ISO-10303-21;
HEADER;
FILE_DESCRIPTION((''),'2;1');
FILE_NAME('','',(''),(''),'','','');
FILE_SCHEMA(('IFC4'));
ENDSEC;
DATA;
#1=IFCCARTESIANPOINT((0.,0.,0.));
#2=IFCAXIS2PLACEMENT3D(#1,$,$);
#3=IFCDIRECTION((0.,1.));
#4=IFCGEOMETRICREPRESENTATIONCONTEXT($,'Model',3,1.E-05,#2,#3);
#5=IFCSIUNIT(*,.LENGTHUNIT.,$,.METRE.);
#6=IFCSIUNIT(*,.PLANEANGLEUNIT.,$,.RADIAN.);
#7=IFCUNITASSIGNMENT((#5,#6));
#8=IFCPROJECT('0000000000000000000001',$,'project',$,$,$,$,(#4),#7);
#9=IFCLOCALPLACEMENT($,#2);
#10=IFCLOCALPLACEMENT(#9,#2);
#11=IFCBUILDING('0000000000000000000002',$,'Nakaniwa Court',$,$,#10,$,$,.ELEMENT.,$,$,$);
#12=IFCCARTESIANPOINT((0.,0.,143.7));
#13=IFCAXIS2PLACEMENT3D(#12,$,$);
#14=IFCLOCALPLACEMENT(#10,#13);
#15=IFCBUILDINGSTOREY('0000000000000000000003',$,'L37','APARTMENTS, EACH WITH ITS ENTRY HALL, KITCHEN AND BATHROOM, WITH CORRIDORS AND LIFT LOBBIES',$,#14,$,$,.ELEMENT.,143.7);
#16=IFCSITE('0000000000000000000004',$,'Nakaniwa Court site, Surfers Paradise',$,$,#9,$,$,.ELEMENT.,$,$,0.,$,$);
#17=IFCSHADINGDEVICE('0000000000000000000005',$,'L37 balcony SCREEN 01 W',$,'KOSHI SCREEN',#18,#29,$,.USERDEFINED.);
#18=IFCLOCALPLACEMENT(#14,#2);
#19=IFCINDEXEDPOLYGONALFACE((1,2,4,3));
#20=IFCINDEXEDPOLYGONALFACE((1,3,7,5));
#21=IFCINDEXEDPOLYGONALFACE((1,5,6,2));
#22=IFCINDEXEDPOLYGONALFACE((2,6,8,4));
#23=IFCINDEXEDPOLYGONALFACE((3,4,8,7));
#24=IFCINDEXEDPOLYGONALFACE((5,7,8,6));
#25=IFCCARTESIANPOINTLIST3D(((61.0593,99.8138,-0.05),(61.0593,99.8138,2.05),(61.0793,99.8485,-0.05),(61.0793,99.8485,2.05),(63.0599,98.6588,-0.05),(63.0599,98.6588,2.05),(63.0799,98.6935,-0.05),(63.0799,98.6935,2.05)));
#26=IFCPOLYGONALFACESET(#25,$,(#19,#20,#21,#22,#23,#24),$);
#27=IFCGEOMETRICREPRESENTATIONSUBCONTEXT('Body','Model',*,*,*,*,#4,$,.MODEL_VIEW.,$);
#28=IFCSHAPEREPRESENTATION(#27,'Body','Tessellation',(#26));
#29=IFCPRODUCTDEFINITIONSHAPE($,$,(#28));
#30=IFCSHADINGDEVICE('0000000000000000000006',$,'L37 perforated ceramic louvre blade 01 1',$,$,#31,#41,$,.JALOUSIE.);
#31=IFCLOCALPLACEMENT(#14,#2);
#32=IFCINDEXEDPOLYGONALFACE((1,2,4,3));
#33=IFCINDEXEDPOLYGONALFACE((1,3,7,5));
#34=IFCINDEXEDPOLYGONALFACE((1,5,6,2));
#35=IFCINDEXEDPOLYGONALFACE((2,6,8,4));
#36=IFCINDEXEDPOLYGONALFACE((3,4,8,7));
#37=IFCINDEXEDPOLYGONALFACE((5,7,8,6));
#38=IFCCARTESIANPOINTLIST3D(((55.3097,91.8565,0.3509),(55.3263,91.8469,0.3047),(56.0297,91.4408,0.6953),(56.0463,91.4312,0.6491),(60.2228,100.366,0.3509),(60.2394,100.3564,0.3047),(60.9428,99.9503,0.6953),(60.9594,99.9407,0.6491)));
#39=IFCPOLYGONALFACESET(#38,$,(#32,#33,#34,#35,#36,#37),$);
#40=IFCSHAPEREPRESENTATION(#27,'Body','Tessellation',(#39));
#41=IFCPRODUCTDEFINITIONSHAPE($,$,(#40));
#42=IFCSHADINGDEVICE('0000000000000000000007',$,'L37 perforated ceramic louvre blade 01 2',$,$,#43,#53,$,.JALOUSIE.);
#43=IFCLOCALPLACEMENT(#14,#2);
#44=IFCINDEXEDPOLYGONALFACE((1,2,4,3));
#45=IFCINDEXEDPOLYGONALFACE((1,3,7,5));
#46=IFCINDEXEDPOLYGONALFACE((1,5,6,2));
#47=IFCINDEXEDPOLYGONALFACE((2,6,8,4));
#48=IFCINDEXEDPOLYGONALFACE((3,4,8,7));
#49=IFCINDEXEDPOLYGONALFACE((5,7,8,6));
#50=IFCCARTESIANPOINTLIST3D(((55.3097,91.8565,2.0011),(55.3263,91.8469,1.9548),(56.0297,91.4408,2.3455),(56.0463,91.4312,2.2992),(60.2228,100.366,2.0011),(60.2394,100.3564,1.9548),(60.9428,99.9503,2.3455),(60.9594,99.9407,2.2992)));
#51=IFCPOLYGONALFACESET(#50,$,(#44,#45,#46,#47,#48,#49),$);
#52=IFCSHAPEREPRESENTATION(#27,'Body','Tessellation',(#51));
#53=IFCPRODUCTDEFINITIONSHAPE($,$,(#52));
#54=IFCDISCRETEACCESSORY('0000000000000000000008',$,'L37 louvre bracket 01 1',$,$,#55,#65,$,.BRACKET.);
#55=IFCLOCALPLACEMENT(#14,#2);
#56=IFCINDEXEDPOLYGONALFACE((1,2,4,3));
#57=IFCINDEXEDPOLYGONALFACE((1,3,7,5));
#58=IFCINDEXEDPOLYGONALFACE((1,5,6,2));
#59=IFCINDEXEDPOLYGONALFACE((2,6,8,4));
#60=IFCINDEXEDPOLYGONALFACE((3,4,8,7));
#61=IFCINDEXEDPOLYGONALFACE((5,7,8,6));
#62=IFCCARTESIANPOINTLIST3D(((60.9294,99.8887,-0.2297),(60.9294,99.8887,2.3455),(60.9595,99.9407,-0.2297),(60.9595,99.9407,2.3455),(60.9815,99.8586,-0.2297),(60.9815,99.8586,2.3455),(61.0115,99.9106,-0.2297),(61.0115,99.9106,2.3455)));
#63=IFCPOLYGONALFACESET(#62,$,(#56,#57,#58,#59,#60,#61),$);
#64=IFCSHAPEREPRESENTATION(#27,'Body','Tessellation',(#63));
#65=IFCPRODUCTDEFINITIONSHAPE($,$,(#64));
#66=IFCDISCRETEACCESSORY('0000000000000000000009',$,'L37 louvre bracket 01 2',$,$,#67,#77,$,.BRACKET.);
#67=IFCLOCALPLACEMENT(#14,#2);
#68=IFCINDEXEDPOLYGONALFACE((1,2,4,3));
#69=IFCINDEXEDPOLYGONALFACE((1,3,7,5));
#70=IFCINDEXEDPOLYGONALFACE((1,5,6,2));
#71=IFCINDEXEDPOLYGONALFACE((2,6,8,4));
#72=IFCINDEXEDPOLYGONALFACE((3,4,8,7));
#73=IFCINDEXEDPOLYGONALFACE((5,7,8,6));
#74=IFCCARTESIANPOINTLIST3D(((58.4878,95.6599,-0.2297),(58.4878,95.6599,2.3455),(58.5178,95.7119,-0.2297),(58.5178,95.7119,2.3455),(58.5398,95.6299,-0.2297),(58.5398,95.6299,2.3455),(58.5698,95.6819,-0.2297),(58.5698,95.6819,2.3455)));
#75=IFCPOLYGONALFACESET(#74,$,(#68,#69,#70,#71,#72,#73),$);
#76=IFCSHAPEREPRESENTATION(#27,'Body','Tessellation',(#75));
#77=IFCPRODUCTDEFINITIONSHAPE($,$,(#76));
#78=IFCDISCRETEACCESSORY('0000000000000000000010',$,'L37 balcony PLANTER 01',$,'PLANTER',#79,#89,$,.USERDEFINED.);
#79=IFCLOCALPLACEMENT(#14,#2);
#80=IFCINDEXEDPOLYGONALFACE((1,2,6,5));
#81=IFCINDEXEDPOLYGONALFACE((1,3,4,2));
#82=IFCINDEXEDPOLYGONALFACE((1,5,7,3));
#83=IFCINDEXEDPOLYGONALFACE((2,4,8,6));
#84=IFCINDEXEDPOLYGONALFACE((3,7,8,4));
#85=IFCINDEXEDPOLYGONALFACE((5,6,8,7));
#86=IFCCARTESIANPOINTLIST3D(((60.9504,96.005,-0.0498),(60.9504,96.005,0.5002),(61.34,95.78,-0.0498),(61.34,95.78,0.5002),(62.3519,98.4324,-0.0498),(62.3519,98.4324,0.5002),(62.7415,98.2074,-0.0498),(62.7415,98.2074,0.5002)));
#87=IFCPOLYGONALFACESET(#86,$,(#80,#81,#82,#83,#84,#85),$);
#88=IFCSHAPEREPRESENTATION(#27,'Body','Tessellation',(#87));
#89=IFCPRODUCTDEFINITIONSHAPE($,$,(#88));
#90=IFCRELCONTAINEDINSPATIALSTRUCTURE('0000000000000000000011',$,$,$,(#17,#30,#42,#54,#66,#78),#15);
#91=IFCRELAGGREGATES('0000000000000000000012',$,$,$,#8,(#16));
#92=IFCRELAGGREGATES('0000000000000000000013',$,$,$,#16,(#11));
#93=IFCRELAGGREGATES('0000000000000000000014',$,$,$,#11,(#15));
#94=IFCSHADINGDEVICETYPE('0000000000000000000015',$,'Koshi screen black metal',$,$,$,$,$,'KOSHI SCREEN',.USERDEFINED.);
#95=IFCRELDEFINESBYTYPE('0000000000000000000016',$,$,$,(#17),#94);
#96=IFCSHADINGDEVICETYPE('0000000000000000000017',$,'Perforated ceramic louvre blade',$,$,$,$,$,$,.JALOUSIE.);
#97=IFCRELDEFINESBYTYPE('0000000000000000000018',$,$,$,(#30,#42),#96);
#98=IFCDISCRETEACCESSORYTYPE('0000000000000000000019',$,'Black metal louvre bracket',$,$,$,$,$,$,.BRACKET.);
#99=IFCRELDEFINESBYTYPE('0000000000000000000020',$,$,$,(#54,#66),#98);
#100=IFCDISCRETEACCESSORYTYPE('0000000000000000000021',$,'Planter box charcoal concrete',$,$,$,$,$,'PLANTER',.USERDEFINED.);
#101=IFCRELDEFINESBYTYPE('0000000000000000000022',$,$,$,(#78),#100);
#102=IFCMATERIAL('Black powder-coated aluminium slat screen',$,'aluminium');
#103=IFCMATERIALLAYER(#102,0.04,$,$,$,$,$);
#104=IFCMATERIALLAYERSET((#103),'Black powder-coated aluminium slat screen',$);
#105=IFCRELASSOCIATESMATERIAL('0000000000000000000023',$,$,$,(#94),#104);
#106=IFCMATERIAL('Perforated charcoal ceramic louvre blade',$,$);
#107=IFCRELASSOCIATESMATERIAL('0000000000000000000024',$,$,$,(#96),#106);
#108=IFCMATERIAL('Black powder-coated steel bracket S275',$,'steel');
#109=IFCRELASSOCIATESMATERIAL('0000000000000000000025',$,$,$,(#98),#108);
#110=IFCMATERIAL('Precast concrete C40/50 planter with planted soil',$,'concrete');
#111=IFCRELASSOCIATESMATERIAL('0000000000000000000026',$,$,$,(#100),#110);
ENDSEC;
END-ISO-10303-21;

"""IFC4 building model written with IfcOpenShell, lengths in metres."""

from ifc_helpers import new_model, si_unit, direction, frame, origin, origin_2d, place, context, subcontext, project, spatial, rectangle, extrude, material, layer, layer_set, material_profile, profile_set, type_object, element, save


model = new_model("IFC4")

# Units and contexts
model_context = context("Model", 3, precision=1e-05, world=origin(), true_north=direction((0.0, 1.0)))
body_context = subcontext(model_context, "Body", "Model", "MODEL_VIEW")
ifc_project = project(units=[si_unit("LENGTHUNIT", "METRE"), si_unit("PLANEANGLEUNIT", "RADIAN")], contexts=[model_context])

# Site, building, storey
site_placement = place(None, origin())
site = spatial("IfcSite", under=ifc_project, at=site_placement, Name="Nakaniwa Court site, Surfers Paradise", CompositionType="ELEMENT", RefElevation=0.0)
building_placement = place(site_placement, origin())
building = spatial("IfcBuilding", under=site, at=building_placement, Name="Nakaniwa Court", CompositionType="ELEMENT")
storey_placement = place(building_placement, frame((0.0, 0.0, 143.7)))
storey = spatial("IfcBuildingStorey", under=building, at=storey_placement, Name="L37", Description="APARTMENTS, EACH WITH ITS ENTRY HALL, KITCHEN AND BATHROOM, WITH CORRIDORS AND LIFT LOBBIES", CompositionType="ELEMENT", Elevation=143.7)

# Shading devices
ifc_material_1 = material(Name="Black powder-coated aluminium slat screen", Category="aluminium")
ifc_layer_1 = layer(ifc_material_1, 0.04)
ifc_layer_set_1 = layer_set([ifc_layer_1], Name="Black powder-coated aluminium slat screen")
shading_device_type_1 = type_object("IfcShadingDeviceType", Name="Koshi screen black metal", ElementType="KOSHI SCREEN", PredefinedType="USERDEFINED", material=ifc_layer_set_1)
shading_device_placement = place(storey_placement, frame((62.0696, 99.2537, -0.05), z_axis=(0.0, 0.0, 1.0), x_axis=(-0.500005, -0.866023, 0.0)))
element("IfcShadingDevice", 1, at=shading_device_placement, inside=storey, type_object=shading_device_type_1, Name="L37 balcony SCREEN 01 W", ObjectType="KOSHI SCREEN", PredefinedType="USERDEFINED", context=body_context, shape_type="SweptSolid", body=[
    extrude(rectangle(XDim=0.04, YDim=2.3101, at=origin_2d()), origin(), (0.0, 0.0, 1.0), 2.1001),
])
ifc_material_2 = material(Name="Perforated charcoal ceramic louvre blade")
ifc_material_profile_1 = material_profile(ifc_material_2, rectangle(XDim=0.8999, YDim=0.05, at=origin_2d()), Name="Perforated ceramic louvre blade")
ifc_profile_set_1 = profile_set([ifc_material_profile_1], Name="Perforated charcoal ceramic louvre blade")
shading_device_type_2 = type_object("IfcShadingDeviceType", Name="Perforated ceramic louvre blade", PredefinedType="JALOUSIE", material=ifc_profile_set_1)
for number, where, z_axis, x_axis, name in (
    (2, (60.5911, 100.1533, 0.5), (-0.500009, -0.86602, 0.0), (0.800099, -0.461948, 0.382683), "L37 perforated ceramic louvre blade 01 1"),
    (3, (60.5911, 100.1533, 2.1501), (-0.500009, -0.86602, 0.0), (0.800099, -0.461948, 0.382683), "L37 perforated ceramic louvre blade 01 2"),
):
    element("IfcShadingDevice", number, at=place(storey_placement, frame(where, z_axis=z_axis, x_axis=x_axis)), inside=storey, type_object=shading_device_type_2, Name=name, PredefinedType="JALOUSIE", context=body_context, shape_type="SweptSolid", body=[
        extrude(rectangle(XDim=0.8999, YDim=0.05, at=origin_2d()), origin(), (0.0, 0.0, 1.0), 9.8259),
    ])

# Discrete accessories
ifc_material_3 = material(Name="Black powder-coated steel bracket S275", Category="steel")
discrete_accessory_type_1 = type_object("IfcDiscreteAccessoryType", Name="Black metal louvre bracket", PredefinedType="BRACKET", material=ifc_material_3)
for number, where, z_axis, x_axis, name in (
    (4, (60.9705, 99.8997, -0.2297), (0.0, 0.0, 1.0), (-0.500005, -0.866023, 0.0), "L37 louvre bracket 01 1"),
    (5, (58.5288, 95.6709, -0.2297), (0.0, 0.0, 1.0), (-0.500005, -0.866023, 0.0), "L37 louvre bracket 01 2"),
):
    element("IfcDiscreteAccessory", number, at=place(storey_placement, frame(where, z_axis=z_axis, x_axis=x_axis)), inside=storey, type_object=discrete_accessory_type_1, Name=name, PredefinedType="BRACKET", context=body_context, shape_type="SweptSolid", body=[
        extrude(rectangle(XDim=0.0601, YDim=0.0601, at=origin_2d()), origin(), (0.0, 0.0, 1.0), 2.5752),
    ])
ifc_material_4 = material(Name="Precast concrete C40/50 planter with planted soil", Category="concrete")
discrete_accessory_type_2 = type_object("IfcDiscreteAccessoryType", Name="Planter box charcoal concrete", ElementType="PLANTER", PredefinedType="USERDEFINED", material=ifc_material_4)
discrete_accessory_placement = place(storey_placement, frame((61.8459, 97.1062, -0.0498), z_axis=(0.0, 0.0, 1.0), x_axis=(-0.500005, -0.866023, 0.0)))
element("IfcDiscreteAccessory", 6, at=discrete_accessory_placement, inside=storey, type_object=discrete_accessory_type_2, Name="L37 balcony PLANTER 01", ObjectType="PLANTER", PredefinedType="USERDEFINED", context=body_context, shape_type="SweptSolid", body=[
    extrude(rectangle(XDim=2.803, YDim=0.45, at=origin_2d()), origin(), (0.0, 0.0, 1.0), 0.55),
])

save(model, "model.ifc")
